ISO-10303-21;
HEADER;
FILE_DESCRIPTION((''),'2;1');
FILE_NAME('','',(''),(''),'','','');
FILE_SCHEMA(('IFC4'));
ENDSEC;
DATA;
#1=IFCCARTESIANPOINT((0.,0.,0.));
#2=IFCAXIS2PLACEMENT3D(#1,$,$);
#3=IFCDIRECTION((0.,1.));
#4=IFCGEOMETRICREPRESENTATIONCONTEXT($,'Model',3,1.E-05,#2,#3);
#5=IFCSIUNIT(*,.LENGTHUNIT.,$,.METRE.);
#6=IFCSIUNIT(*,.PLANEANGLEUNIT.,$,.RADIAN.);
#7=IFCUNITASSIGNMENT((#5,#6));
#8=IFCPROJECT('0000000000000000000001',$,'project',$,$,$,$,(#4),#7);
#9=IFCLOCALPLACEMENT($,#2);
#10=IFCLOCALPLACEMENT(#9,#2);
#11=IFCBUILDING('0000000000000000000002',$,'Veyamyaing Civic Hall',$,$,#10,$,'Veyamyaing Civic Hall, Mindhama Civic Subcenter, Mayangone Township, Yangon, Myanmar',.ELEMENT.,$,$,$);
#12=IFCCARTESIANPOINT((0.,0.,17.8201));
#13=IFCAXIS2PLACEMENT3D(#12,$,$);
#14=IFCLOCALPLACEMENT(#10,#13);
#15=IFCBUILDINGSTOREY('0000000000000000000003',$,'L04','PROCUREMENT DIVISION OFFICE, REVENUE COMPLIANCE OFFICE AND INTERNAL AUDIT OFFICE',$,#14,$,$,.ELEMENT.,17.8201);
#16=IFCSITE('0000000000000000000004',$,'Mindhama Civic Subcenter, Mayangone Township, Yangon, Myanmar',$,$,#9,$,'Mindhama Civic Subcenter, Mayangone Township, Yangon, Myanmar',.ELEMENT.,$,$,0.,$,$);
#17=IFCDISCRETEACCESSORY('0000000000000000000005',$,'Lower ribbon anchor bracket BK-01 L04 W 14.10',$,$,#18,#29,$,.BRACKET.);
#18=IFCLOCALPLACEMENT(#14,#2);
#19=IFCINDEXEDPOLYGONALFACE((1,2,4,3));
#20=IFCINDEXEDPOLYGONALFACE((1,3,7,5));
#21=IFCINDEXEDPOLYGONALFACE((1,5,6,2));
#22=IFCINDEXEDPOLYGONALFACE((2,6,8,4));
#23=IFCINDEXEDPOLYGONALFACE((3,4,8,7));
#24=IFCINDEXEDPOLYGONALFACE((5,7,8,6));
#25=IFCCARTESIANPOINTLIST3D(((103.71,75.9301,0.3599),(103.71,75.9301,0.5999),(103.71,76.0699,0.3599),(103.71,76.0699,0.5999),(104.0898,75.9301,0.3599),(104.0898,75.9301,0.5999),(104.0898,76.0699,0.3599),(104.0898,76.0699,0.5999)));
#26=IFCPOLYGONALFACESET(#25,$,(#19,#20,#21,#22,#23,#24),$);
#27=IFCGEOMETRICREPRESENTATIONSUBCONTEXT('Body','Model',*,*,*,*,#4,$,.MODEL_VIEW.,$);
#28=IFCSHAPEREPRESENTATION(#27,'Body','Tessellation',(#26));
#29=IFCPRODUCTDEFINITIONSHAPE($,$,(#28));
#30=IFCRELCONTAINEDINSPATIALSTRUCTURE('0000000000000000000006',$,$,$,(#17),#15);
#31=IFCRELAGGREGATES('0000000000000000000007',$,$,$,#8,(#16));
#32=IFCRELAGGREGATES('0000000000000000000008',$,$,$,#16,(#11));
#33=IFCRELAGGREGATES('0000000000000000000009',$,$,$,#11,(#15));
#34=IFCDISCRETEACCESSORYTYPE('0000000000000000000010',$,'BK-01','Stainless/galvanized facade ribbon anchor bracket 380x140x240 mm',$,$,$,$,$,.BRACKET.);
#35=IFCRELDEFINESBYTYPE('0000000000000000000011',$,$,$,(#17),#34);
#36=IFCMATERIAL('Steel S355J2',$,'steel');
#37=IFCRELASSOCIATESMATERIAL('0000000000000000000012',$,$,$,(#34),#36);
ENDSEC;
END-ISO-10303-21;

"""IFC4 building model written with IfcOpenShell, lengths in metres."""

from ifc_helpers import new_model, si_unit, direction, frame, origin, origin_2d, place, context, subcontext, project, spatial, rectangle, extrude, material, type_object, element, save


model = new_model("IFC4")

# Units and contexts
model_context = context("Model", 3, precision=1e-05, world=origin(), true_north=direction((0.0, 1.0)))
body_context = subcontext(model_context, "Body", "Model", "MODEL_VIEW")
ifc_project = project(units=[si_unit("LENGTHUNIT", "METRE"), si_unit("PLANEANGLEUNIT", "RADIAN")], contexts=[model_context])

# Site, building, storey
site_placement = place(None, origin())
site = spatial("IfcSite", under=ifc_project, at=site_placement, Name="Mindhama Civic Subcenter, Mayangone Township, Yangon, Myanmar", LongName="Mindhama Civic Subcenter, Mayangone Township, Yangon, Myanmar", CompositionType="ELEMENT", RefElevation=0.0)
building_placement = place(site_placement, origin())
building = spatial("IfcBuilding", under=site, at=building_placement, Name="Veyamyaing Civic Hall", LongName="Veyamyaing Civic Hall, Mindhama Civic Subcenter, Mayangone Township, Yangon, Myanmar", CompositionType="ELEMENT")
storey_placement = place(building_placement, frame((0.0, 0.0, 17.8201)))
storey = spatial("IfcBuildingStorey", under=building, at=storey_placement, Name="L04", Description="PROCUREMENT DIVISION OFFICE, REVENUE COMPLIANCE OFFICE AND INTERNAL AUDIT OFFICE", CompositionType="ELEMENT", Elevation=17.8201)

# Discrete accessory
ifc_material_1 = material(Name="Steel S355J2", Category="steel")
discrete_accessory_type = type_object("IfcDiscreteAccessoryType", Name="BK-01", Description="Stainless/galvanized facade ribbon anchor bracket 380x140x240 mm", PredefinedType="BRACKET", material=ifc_material_1)
for number, where, z_axis, x_axis, name in (
    (1, (103.8999, 76.0, 0.3599), (0.0, 0.0, 1.0), (-1.0, 0.0, 0.0), "Lower ribbon anchor bracket BK-01 L04 W 14.10"),
):
    element("IfcDiscreteAccessory", number, at=place(storey_placement, frame(where, z_axis=z_axis, x_axis=x_axis)), inside=storey, type_object=discrete_accessory_type, Name=name, PredefinedType="BRACKET", context=body_context, shape_type="SweptSolid", body=[
        extrude(rectangle(XDim=0.3799, YDim=0.1399, at=origin_2d()), origin(), (0.0, 0.0, 1.0), 0.24),
    ])

save(model, "model.ifc")
